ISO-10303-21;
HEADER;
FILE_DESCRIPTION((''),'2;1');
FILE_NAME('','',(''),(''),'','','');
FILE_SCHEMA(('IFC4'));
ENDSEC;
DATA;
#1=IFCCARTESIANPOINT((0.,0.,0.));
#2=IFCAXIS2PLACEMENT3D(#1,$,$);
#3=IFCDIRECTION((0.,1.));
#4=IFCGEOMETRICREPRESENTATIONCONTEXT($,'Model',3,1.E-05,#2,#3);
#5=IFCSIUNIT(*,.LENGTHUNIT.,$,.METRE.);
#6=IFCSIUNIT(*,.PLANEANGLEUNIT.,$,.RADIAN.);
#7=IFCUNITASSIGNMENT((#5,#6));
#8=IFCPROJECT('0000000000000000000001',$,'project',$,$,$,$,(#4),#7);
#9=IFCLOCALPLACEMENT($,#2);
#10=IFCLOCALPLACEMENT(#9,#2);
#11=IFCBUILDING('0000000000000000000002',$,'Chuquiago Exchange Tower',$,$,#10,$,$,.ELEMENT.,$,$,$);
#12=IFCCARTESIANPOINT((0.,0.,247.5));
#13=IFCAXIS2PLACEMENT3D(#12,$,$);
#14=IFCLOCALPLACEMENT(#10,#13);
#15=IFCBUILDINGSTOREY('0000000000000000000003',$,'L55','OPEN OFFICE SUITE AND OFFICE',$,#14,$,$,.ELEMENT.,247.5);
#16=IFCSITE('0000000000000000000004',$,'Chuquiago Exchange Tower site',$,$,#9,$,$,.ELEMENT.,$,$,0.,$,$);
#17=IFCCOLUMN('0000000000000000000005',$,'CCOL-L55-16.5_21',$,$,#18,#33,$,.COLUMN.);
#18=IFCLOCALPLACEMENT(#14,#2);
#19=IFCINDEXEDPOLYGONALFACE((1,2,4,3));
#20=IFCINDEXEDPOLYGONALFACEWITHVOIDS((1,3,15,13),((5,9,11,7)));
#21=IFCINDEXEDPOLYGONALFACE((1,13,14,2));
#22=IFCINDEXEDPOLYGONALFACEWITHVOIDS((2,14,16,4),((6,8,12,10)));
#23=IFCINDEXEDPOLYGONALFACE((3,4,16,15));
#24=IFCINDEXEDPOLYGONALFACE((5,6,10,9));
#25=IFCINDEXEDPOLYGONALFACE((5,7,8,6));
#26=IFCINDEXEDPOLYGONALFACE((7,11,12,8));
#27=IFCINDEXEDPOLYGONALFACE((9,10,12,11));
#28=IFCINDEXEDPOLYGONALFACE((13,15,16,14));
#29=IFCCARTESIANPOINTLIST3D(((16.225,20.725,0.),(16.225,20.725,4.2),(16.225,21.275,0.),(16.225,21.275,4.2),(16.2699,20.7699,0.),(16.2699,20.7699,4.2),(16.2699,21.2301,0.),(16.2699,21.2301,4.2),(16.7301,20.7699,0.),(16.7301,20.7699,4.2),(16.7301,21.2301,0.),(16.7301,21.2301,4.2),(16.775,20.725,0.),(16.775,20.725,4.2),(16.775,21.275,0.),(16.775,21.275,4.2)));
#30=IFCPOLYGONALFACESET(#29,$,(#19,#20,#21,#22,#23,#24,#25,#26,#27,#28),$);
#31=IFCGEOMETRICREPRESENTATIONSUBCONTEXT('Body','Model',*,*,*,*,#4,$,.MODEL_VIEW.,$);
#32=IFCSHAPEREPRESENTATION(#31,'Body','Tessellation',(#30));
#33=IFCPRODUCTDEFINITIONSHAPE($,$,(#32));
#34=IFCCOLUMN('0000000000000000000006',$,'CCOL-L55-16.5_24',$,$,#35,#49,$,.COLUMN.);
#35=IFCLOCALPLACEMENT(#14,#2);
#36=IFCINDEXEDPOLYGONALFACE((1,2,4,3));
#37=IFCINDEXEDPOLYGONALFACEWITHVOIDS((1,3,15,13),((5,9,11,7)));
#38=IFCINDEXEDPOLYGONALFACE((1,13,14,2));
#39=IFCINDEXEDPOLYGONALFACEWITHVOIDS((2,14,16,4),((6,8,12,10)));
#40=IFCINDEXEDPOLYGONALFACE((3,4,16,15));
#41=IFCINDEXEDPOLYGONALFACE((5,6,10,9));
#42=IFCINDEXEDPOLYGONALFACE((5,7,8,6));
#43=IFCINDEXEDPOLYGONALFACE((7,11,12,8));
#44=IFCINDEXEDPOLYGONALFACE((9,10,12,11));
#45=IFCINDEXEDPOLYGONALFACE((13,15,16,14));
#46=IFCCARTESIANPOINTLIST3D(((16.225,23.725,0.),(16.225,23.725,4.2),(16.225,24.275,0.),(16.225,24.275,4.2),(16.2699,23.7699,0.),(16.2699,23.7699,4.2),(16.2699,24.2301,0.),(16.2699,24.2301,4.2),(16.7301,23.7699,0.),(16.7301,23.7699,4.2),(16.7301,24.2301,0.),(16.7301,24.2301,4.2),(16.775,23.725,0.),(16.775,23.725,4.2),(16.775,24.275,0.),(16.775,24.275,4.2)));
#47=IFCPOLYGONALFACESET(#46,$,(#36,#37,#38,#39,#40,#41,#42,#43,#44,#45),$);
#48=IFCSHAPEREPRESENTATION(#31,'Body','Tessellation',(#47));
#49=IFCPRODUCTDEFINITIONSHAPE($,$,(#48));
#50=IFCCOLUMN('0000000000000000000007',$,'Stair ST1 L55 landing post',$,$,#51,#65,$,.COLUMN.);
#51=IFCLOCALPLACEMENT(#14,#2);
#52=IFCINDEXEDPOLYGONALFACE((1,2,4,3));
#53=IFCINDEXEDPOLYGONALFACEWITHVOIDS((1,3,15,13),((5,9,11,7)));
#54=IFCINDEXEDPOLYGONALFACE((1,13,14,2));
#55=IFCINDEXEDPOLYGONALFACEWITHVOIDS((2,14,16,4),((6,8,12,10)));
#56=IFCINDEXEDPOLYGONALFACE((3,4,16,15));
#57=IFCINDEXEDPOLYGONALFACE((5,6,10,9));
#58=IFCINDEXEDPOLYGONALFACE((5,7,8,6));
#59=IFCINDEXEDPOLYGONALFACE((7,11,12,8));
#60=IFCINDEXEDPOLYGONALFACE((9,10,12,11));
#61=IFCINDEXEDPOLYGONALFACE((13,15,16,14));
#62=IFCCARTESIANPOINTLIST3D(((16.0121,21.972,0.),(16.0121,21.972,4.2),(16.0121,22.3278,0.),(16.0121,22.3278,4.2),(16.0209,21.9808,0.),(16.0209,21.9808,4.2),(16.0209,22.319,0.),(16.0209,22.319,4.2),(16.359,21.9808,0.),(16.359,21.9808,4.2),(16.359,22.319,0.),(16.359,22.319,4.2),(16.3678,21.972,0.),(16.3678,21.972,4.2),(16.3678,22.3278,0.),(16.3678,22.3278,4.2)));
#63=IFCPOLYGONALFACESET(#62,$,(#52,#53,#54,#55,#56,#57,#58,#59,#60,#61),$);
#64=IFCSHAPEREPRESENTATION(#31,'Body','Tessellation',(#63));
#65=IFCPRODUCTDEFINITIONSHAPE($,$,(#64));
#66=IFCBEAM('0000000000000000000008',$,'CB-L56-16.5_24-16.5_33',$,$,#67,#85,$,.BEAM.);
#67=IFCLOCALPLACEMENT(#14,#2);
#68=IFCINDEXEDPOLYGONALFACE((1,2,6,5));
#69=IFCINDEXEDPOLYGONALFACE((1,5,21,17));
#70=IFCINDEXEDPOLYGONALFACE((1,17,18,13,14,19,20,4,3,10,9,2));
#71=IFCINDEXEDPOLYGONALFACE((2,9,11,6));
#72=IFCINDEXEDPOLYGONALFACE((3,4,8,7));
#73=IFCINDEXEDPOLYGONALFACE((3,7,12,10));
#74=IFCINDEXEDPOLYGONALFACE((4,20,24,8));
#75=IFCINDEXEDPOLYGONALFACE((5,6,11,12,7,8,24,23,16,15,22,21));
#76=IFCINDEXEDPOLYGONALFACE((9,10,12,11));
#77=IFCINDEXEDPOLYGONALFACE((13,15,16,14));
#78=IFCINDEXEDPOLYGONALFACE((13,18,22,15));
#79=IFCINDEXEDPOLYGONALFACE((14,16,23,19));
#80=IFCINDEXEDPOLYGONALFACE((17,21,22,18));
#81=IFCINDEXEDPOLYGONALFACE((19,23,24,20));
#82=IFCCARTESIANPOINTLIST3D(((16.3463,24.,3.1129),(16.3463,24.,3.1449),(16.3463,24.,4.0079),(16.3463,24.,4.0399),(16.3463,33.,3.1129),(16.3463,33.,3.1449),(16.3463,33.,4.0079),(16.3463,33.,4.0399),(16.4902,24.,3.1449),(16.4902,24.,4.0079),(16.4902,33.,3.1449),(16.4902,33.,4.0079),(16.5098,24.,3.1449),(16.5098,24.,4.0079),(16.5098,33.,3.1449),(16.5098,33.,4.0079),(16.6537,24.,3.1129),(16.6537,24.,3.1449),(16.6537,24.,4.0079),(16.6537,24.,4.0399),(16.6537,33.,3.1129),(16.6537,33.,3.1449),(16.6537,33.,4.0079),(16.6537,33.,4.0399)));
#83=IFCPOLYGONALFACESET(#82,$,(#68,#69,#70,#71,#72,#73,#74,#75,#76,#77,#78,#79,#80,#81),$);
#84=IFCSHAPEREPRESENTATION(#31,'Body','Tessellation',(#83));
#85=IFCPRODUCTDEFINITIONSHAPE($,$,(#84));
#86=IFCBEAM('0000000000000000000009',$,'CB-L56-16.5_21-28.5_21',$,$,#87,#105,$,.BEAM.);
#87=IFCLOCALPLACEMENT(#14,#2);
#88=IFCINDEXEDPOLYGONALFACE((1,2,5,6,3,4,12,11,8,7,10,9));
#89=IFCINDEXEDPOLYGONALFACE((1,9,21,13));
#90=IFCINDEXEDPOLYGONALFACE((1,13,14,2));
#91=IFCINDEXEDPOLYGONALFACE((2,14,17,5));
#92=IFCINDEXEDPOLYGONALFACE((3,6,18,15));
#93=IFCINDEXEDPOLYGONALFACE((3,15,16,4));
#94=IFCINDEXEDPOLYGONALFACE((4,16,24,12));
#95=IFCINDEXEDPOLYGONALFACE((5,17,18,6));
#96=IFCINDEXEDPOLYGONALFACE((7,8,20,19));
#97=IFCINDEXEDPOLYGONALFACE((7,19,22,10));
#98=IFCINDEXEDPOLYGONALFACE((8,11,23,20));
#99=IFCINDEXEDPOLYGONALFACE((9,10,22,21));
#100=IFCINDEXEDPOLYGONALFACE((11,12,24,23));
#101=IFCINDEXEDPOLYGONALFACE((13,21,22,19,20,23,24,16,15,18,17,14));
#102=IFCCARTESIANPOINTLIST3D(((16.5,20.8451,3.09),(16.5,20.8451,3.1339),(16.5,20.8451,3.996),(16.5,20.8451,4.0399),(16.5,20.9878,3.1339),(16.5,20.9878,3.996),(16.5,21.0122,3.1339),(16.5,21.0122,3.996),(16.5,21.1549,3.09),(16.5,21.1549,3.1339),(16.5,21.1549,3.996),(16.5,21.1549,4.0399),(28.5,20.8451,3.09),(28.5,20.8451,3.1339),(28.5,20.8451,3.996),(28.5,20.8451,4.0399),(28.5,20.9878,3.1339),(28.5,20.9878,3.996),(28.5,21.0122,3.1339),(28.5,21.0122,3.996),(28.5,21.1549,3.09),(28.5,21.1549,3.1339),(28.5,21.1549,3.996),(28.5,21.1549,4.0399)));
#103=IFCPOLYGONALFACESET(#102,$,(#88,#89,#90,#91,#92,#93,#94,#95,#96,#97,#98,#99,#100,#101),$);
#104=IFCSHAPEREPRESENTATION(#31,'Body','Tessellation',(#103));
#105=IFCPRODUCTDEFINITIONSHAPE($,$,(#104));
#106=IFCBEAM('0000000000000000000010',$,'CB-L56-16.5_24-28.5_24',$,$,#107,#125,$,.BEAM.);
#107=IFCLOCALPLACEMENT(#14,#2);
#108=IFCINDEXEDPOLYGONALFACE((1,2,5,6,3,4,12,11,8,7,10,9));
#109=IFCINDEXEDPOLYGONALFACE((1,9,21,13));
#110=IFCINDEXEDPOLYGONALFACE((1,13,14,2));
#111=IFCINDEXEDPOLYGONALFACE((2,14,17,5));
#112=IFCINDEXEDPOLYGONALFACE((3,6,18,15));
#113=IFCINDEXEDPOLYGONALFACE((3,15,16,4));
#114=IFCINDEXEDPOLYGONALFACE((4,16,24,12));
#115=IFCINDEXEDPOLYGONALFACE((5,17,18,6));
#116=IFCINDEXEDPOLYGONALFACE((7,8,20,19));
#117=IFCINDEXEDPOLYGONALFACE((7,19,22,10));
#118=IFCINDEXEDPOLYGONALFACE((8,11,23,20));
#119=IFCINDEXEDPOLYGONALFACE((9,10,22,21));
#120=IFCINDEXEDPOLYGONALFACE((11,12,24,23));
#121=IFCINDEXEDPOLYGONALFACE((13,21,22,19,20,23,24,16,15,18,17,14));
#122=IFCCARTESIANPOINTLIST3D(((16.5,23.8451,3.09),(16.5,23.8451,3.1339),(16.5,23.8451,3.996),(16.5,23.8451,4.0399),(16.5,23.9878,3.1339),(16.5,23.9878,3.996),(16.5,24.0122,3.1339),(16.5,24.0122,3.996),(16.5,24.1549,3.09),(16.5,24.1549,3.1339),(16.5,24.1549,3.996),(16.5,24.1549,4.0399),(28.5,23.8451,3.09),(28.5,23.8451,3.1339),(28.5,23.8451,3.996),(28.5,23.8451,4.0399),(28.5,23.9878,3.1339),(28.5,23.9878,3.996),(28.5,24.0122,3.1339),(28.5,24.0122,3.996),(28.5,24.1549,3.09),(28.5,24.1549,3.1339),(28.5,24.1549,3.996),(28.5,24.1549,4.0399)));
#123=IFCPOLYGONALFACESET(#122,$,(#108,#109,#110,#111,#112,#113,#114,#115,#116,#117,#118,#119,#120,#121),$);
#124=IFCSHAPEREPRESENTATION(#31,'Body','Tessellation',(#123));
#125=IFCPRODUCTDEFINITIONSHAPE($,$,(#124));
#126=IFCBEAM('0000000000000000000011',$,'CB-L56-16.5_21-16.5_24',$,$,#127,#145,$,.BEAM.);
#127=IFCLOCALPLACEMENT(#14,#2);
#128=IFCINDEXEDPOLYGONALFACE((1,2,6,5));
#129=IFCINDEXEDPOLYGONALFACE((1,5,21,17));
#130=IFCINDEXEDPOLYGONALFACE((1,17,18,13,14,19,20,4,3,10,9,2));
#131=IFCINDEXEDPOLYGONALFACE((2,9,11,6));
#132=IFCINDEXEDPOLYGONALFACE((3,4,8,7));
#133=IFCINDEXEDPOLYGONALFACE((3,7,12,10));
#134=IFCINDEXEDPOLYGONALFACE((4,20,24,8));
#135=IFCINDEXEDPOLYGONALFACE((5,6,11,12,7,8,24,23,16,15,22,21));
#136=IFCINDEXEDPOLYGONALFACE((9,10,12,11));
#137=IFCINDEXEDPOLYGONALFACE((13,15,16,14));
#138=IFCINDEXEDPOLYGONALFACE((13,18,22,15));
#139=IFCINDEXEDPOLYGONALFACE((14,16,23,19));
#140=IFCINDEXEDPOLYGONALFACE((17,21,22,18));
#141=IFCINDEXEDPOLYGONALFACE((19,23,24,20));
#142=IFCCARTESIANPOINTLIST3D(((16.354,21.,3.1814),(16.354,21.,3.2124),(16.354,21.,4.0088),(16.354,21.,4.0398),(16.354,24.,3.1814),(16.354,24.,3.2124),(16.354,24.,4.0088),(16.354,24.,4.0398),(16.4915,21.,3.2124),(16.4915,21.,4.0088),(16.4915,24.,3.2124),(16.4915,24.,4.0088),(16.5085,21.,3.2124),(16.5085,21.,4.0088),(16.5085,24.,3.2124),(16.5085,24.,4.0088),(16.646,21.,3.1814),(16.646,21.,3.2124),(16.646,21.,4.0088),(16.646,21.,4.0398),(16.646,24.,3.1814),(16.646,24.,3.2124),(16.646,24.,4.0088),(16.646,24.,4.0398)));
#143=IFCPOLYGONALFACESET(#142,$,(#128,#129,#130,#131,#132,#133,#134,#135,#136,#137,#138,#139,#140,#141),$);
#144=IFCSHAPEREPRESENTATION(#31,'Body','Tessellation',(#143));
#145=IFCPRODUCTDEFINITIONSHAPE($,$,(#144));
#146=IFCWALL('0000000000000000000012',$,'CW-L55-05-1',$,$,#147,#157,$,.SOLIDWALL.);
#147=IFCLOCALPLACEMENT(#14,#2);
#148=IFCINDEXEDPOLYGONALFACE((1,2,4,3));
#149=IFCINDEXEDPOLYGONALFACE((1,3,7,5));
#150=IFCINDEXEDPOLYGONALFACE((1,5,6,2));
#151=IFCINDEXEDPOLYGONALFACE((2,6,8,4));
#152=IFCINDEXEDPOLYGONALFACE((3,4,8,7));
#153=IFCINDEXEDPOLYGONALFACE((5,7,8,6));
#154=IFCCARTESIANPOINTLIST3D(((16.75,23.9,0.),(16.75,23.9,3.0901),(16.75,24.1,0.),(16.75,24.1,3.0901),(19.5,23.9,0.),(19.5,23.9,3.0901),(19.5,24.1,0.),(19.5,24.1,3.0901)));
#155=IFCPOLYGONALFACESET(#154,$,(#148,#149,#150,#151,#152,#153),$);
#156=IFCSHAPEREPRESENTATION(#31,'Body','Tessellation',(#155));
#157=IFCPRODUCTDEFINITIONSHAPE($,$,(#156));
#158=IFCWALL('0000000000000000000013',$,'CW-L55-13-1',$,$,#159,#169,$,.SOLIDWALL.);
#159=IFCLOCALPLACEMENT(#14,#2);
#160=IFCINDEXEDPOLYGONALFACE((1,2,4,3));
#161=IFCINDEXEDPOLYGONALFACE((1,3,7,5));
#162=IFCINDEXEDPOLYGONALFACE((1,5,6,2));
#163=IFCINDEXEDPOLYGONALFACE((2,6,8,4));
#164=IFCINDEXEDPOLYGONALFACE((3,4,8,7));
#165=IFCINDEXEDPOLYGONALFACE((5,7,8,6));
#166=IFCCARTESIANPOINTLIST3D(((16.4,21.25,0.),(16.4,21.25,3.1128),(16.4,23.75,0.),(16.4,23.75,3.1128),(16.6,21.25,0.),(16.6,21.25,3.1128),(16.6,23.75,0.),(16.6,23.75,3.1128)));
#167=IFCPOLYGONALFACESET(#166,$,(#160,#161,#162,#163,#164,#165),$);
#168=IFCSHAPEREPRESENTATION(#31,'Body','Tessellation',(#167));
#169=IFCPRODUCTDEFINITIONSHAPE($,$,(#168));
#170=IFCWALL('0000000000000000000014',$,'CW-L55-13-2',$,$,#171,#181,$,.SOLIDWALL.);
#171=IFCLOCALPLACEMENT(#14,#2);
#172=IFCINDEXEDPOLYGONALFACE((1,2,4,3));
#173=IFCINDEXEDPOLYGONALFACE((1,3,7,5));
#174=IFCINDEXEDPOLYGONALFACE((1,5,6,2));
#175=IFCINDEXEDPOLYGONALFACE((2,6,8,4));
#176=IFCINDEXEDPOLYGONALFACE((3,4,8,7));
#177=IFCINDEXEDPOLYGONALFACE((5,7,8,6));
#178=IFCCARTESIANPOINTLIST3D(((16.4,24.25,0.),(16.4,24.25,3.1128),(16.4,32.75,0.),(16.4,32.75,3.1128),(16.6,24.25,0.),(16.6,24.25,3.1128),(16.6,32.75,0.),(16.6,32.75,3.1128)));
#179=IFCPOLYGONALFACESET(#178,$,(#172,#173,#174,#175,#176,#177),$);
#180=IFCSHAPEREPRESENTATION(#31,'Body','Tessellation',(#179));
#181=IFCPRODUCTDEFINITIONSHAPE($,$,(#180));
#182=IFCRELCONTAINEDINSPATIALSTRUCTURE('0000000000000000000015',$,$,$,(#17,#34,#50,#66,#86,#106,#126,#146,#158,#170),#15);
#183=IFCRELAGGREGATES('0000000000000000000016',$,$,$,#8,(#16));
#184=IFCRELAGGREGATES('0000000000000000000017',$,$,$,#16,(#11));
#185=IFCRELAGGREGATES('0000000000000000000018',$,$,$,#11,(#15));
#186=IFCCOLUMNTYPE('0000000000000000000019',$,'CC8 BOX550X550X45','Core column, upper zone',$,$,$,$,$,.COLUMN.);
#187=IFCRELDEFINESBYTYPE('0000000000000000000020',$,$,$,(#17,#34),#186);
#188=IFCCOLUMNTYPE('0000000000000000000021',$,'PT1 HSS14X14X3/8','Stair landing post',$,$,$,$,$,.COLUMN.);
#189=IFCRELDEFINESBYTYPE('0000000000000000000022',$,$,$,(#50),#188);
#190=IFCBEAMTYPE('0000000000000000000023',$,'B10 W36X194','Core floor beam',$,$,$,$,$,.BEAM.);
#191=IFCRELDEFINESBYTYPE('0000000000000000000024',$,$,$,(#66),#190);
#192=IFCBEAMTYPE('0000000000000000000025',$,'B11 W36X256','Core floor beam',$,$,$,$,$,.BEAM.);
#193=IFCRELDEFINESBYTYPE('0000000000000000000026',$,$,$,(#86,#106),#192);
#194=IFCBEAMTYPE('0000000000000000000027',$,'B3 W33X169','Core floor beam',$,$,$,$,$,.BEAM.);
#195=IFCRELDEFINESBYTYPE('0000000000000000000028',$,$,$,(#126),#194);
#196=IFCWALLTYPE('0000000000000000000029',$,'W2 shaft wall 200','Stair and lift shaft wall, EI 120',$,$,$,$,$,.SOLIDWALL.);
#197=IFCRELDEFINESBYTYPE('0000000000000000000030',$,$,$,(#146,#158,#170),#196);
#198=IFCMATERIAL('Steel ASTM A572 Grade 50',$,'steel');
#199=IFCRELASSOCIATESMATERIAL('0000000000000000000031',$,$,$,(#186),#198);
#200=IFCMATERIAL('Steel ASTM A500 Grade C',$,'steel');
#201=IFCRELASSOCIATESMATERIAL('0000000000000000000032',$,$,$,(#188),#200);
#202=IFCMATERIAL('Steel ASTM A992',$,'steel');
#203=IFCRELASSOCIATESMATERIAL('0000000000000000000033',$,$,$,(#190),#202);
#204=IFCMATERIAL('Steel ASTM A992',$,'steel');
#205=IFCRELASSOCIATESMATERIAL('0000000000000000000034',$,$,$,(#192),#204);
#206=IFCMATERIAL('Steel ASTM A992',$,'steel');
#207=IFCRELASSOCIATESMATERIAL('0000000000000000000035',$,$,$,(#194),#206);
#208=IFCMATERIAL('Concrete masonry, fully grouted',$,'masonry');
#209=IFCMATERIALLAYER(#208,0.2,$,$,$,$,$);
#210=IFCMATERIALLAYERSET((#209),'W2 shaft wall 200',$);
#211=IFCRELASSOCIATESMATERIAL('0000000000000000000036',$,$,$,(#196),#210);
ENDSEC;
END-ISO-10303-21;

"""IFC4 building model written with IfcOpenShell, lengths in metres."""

from ifc_helpers import new_model, si_unit, direction, frame, frame_2d, origin, origin_2d, place, context, subcontext, project, spatial, rectangle, hollow_rectangle, i_section, extrude, material, layer, layer_set, material_profile, profile_set, type_object, element, save


model = new_model("IFC4")

# Units and contexts
model_context = context("Model", 3, precision=1e-05, world=origin(), true_north=direction((0.0, 1.0)))
body_context = subcontext(model_context, "Body", "Model", "MODEL_VIEW")
ifc_project = project(units=[si_unit("LENGTHUNIT", "METRE"), si_unit("PLANEANGLEUNIT", "RADIAN")], contexts=[model_context])

# Site, building, storey
site_placement = place(None, origin())
site = spatial("IfcSite", under=ifc_project, at=site_placement, Name="Chuquiago Exchange Tower site", CompositionType="ELEMENT", RefElevation=0.0)
building_placement = place(site_placement, origin())
building = spatial("IfcBuilding", under=site, at=building_placement, Name="Chuquiago Exchange Tower", CompositionType="ELEMENT")
storey_placement = place(building_placement, frame((0.0, 0.0, 247.5)))
storey = spatial("IfcBuildingStorey", under=building, at=storey_placement, Name="L55", Description="OPEN OFFICE SUITE AND OFFICE", CompositionType="ELEMENT", Elevation=247.5)

# Columns
ifc_material_1 = material(Name="Steel ASTM A572 Grade 50", Category="steel")
ifc_material_profile_1 = material_profile(ifc_material_1, hollow_rectangle(XDim=0.55, YDim=0.55, WallThickness=0.0449, at=origin_2d()), Name="BOX550X550X45")
ifc_profile_set_1 = profile_set([ifc_material_profile_1], Name="Steel ASTM A572 Grade 50")
column_type_1 = type_object("IfcColumnType", Name="CC8 BOX550X550X45", Description="Core column, upper zone", PredefinedType="COLUMN", material=ifc_profile_set_1)
for number, where, z_axis, x_axis, name in (
    (1, (16.5, 21.0, 0.0), (0.0, 0.0, 1.0), (1.0, 0.0, 0.0), "CCOL-L55-16.5_21"),
    (2, (16.5, 24.0, 0.0), (0.0, 0.0, 1.0), (1.0, 0.0, 0.0), "CCOL-L55-16.5_24"),
):
    element("IfcColumn", number, at=place(storey_placement, frame(where, z_axis=z_axis, x_axis=x_axis)), inside=storey, type_object=column_type_1, Name=name, PredefinedType="COLUMN", context=body_context, shape_type="SweptSolid", body=[
        extrude(hollow_rectangle(XDim=0.55, YDim=0.55, WallThickness=0.0449, at=origin_2d()), origin(), (0.0, 0.0, 1.0), 4.2),
    ])
ifc_material_2 = material(Name="Steel ASTM A500 Grade C", Category="steel")
ifc_material_profile_2 = material_profile(ifc_material_2, hollow_rectangle(XDim=0.3557, YDim=0.3557, WallThickness=0.0088, at=origin_2d()), Name="HSS14X14X3/8")
ifc_profile_set_2 = profile_set([ifc_material_profile_2], Name="Steel ASTM A500 Grade C")
column_type_2 = type_object("IfcColumnType", Name="PT1 HSS14X14X3/8", Description="Stair landing post", PredefinedType="COLUMN", material=ifc_profile_set_2)
column_placement = place(storey_placement, frame((16.1899, 22.1499, 0.0), z_axis=(0.0, 0.0, 1.0), x_axis=(1.0, 0.0, 0.0)))
element("IfcColumn", 3, at=column_placement, inside=storey, type_object=column_type_2, Name="Stair ST1 L55 landing post", PredefinedType="COLUMN", context=body_context, shape_type="SweptSolid", body=[
    extrude(hollow_rectangle(XDim=0.3557, YDim=0.3557, WallThickness=0.0088, at=origin_2d()), origin(), (0.0, 0.0, 1.0), 4.2),
])

# Beams
ifc_material_3 = material(Name="Steel ASTM A992", Category="steel")
ifc_material_profile_3 = material_profile(ifc_material_3, i_section(OverallWidth=0.3074, OverallDepth=0.927, WebThickness=0.0195, FlangeThickness=0.032, at=origin_2d()), Name="W36X194")
ifc_profile_set_3 = profile_set([ifc_material_profile_3], Name="Steel ASTM A992")
beam_type_1 = type_object("IfcBeamType", Name="B10 W36X194", Description="Core floor beam", PredefinedType="BEAM", material=ifc_profile_set_3)
beam_1_placement = place(storey_placement, frame((16.5, 24.0, 3.5764), z_axis=(0.0, 1.0, 0.0), x_axis=(-1.0, 0.0, 0.0)))
element("IfcBeam", 4, at=beam_1_placement, inside=storey, type_object=beam_type_1, Name="CB-L56-16.5_24-16.5_33", PredefinedType="BEAM", context=body_context, shape_type="SweptSolid", body=[
    extrude(i_section(OverallWidth=0.3074, OverallDepth=0.927, WebThickness=0.0195, FlangeThickness=0.032, at=origin_2d()), origin(), (0.0, 0.0, 1.0), 9.0),
])
ifc_material_4 = material(Name="Steel ASTM A992", Category="steel")
ifc_material_profile_4 = material_profile(ifc_material_4, i_section(OverallWidth=0.3098, OverallDepth=0.95, WebThickness=0.0244, FlangeThickness=0.0439, at=origin_2d()), Name="W36X256")
ifc_profile_set_4 = profile_set([ifc_material_profile_4], Name="Steel ASTM A992")
beam_type_2 = type_object("IfcBeamType", Name="B11 W36X256", Description="Core floor beam", PredefinedType="BEAM", material=ifc_profile_set_4)
for number, where, z_axis, x_axis, name in (
    (5, (16.5, 21.0, 3.5649), (1.0, 0.0, 0.0), (0.0, 1.0, 0.0), "CB-L56-16.5_21-28.5_21"),
    (6, (16.5, 24.0, 3.5649), (1.0, 0.0, 0.0), (0.0, 1.0, 0.0), "CB-L56-16.5_24-28.5_24"),
):
    element("IfcBeam", number, at=place(storey_placement, frame(where, z_axis=z_axis, x_axis=x_axis)), inside=storey, type_object=beam_type_2, Name=name, PredefinedType="BEAM", context=body_context, shape_type="SweptSolid", body=[
        extrude(i_section(OverallWidth=0.3098, OverallDepth=0.95, WebThickness=0.0244, FlangeThickness=0.0439, at=origin_2d()), origin(), (0.0, 0.0, 1.0), 12.0),
    ])
ifc_material_5 = material(Name="Steel ASTM A992", Category="steel")
ifc_material_profile_5 = material_profile(ifc_material_5, i_section(OverallWidth=0.292, OverallDepth=0.8584, WebThickness=0.0171, FlangeThickness=0.031, at=origin_2d()), Name="W33X169")
ifc_profile_set_5 = profile_set([ifc_material_profile_5], Name="Steel ASTM A992")
beam_type_3 = type_object("IfcBeamType", Name="B3 W33X169", Description="Core floor beam", PredefinedType="BEAM", material=ifc_profile_set_5)
beam_2_placement = place(storey_placement, frame((16.5, 21.0, 3.6106), z_axis=(0.0, 1.0, 0.0), x_axis=(-1.0, 0.0, 0.0)))
element("IfcBeam", 7, at=beam_2_placement, inside=storey, type_object=beam_type_3, Name="CB-L56-16.5_21-16.5_24", PredefinedType="BEAM", context=body_context, shape_type="SweptSolid", body=[
    extrude(i_section(OverallWidth=0.292, OverallDepth=0.8584, WebThickness=0.0171, FlangeThickness=0.031, at=origin_2d()), origin(), (0.0, 0.0, 1.0), 3.0),
])

# Walls
ifc_material_6 = material(Name="Concrete masonry, fully grouted", Category="masonry")
ifc_layer_1 = layer(ifc_material_6, 0.2)
ifc_layer_set_1 = layer_set([ifc_layer_1], Name="W2 shaft wall 200")
wall_type_1 = type_object("IfcWallType", Name="W2 shaft wall 200", Description="Stair and lift shaft wall, EI 120", PredefinedType="SOLIDWALL", material=ifc_layer_set_1)
wall_1_placement = place(storey_placement, frame((16.75, 24.0, 0.0), z_axis=(0.0, 0.0, 1.0), x_axis=(1.0, 0.0, 0.0)))
element("IfcWall", 8, at=wall_1_placement, inside=storey, type_object=wall_type_1, Name="CW-L55-05-1", PredefinedType="SOLIDWALL", context=body_context, shape_type="SweptSolid", body=[
    extrude(rectangle(XDim=2.75, YDim=0.2, at=frame_2d((1.375, 0.0))), origin(), (0.0, 0.0, 1.0), 3.0901),
])
wall_2_placement = place(storey_placement, frame((16.5, 21.25, 0.0), z_axis=(0.0, 0.0, 1.0), x_axis=(0.0, 1.0, 0.0)))
element("IfcWall", 9, at=wall_2_placement, inside=storey, type_object=wall_type_1, Name="CW-L55-13-1", PredefinedType="SOLIDWALL", context=body_context, shape_type="SweptSolid", body=[
    extrude(rectangle(XDim=2.5, YDim=0.2, at=frame_2d((1.25, 0.0))), origin(), (0.0, 0.0, 1.0), 3.1128),
])
wall_3_placement = place(storey_placement, frame((16.5, 24.25, 0.0), z_axis=(0.0, 0.0, 1.0), x_axis=(0.0, 1.0, 0.0)))
element("IfcWall", 10, at=wall_3_placement, inside=storey, type_object=wall_type_1, Name="CW-L55-13-2", PredefinedType="SOLIDWALL", context=body_context, shape_type="SweptSolid", body=[
    extrude(rectangle(XDim=8.5, YDim=0.2, at=frame_2d((4.25, 0.0))), origin(), (0.0, 0.0, 1.0), 3.1128),
])

save(model, "model.ifc")
